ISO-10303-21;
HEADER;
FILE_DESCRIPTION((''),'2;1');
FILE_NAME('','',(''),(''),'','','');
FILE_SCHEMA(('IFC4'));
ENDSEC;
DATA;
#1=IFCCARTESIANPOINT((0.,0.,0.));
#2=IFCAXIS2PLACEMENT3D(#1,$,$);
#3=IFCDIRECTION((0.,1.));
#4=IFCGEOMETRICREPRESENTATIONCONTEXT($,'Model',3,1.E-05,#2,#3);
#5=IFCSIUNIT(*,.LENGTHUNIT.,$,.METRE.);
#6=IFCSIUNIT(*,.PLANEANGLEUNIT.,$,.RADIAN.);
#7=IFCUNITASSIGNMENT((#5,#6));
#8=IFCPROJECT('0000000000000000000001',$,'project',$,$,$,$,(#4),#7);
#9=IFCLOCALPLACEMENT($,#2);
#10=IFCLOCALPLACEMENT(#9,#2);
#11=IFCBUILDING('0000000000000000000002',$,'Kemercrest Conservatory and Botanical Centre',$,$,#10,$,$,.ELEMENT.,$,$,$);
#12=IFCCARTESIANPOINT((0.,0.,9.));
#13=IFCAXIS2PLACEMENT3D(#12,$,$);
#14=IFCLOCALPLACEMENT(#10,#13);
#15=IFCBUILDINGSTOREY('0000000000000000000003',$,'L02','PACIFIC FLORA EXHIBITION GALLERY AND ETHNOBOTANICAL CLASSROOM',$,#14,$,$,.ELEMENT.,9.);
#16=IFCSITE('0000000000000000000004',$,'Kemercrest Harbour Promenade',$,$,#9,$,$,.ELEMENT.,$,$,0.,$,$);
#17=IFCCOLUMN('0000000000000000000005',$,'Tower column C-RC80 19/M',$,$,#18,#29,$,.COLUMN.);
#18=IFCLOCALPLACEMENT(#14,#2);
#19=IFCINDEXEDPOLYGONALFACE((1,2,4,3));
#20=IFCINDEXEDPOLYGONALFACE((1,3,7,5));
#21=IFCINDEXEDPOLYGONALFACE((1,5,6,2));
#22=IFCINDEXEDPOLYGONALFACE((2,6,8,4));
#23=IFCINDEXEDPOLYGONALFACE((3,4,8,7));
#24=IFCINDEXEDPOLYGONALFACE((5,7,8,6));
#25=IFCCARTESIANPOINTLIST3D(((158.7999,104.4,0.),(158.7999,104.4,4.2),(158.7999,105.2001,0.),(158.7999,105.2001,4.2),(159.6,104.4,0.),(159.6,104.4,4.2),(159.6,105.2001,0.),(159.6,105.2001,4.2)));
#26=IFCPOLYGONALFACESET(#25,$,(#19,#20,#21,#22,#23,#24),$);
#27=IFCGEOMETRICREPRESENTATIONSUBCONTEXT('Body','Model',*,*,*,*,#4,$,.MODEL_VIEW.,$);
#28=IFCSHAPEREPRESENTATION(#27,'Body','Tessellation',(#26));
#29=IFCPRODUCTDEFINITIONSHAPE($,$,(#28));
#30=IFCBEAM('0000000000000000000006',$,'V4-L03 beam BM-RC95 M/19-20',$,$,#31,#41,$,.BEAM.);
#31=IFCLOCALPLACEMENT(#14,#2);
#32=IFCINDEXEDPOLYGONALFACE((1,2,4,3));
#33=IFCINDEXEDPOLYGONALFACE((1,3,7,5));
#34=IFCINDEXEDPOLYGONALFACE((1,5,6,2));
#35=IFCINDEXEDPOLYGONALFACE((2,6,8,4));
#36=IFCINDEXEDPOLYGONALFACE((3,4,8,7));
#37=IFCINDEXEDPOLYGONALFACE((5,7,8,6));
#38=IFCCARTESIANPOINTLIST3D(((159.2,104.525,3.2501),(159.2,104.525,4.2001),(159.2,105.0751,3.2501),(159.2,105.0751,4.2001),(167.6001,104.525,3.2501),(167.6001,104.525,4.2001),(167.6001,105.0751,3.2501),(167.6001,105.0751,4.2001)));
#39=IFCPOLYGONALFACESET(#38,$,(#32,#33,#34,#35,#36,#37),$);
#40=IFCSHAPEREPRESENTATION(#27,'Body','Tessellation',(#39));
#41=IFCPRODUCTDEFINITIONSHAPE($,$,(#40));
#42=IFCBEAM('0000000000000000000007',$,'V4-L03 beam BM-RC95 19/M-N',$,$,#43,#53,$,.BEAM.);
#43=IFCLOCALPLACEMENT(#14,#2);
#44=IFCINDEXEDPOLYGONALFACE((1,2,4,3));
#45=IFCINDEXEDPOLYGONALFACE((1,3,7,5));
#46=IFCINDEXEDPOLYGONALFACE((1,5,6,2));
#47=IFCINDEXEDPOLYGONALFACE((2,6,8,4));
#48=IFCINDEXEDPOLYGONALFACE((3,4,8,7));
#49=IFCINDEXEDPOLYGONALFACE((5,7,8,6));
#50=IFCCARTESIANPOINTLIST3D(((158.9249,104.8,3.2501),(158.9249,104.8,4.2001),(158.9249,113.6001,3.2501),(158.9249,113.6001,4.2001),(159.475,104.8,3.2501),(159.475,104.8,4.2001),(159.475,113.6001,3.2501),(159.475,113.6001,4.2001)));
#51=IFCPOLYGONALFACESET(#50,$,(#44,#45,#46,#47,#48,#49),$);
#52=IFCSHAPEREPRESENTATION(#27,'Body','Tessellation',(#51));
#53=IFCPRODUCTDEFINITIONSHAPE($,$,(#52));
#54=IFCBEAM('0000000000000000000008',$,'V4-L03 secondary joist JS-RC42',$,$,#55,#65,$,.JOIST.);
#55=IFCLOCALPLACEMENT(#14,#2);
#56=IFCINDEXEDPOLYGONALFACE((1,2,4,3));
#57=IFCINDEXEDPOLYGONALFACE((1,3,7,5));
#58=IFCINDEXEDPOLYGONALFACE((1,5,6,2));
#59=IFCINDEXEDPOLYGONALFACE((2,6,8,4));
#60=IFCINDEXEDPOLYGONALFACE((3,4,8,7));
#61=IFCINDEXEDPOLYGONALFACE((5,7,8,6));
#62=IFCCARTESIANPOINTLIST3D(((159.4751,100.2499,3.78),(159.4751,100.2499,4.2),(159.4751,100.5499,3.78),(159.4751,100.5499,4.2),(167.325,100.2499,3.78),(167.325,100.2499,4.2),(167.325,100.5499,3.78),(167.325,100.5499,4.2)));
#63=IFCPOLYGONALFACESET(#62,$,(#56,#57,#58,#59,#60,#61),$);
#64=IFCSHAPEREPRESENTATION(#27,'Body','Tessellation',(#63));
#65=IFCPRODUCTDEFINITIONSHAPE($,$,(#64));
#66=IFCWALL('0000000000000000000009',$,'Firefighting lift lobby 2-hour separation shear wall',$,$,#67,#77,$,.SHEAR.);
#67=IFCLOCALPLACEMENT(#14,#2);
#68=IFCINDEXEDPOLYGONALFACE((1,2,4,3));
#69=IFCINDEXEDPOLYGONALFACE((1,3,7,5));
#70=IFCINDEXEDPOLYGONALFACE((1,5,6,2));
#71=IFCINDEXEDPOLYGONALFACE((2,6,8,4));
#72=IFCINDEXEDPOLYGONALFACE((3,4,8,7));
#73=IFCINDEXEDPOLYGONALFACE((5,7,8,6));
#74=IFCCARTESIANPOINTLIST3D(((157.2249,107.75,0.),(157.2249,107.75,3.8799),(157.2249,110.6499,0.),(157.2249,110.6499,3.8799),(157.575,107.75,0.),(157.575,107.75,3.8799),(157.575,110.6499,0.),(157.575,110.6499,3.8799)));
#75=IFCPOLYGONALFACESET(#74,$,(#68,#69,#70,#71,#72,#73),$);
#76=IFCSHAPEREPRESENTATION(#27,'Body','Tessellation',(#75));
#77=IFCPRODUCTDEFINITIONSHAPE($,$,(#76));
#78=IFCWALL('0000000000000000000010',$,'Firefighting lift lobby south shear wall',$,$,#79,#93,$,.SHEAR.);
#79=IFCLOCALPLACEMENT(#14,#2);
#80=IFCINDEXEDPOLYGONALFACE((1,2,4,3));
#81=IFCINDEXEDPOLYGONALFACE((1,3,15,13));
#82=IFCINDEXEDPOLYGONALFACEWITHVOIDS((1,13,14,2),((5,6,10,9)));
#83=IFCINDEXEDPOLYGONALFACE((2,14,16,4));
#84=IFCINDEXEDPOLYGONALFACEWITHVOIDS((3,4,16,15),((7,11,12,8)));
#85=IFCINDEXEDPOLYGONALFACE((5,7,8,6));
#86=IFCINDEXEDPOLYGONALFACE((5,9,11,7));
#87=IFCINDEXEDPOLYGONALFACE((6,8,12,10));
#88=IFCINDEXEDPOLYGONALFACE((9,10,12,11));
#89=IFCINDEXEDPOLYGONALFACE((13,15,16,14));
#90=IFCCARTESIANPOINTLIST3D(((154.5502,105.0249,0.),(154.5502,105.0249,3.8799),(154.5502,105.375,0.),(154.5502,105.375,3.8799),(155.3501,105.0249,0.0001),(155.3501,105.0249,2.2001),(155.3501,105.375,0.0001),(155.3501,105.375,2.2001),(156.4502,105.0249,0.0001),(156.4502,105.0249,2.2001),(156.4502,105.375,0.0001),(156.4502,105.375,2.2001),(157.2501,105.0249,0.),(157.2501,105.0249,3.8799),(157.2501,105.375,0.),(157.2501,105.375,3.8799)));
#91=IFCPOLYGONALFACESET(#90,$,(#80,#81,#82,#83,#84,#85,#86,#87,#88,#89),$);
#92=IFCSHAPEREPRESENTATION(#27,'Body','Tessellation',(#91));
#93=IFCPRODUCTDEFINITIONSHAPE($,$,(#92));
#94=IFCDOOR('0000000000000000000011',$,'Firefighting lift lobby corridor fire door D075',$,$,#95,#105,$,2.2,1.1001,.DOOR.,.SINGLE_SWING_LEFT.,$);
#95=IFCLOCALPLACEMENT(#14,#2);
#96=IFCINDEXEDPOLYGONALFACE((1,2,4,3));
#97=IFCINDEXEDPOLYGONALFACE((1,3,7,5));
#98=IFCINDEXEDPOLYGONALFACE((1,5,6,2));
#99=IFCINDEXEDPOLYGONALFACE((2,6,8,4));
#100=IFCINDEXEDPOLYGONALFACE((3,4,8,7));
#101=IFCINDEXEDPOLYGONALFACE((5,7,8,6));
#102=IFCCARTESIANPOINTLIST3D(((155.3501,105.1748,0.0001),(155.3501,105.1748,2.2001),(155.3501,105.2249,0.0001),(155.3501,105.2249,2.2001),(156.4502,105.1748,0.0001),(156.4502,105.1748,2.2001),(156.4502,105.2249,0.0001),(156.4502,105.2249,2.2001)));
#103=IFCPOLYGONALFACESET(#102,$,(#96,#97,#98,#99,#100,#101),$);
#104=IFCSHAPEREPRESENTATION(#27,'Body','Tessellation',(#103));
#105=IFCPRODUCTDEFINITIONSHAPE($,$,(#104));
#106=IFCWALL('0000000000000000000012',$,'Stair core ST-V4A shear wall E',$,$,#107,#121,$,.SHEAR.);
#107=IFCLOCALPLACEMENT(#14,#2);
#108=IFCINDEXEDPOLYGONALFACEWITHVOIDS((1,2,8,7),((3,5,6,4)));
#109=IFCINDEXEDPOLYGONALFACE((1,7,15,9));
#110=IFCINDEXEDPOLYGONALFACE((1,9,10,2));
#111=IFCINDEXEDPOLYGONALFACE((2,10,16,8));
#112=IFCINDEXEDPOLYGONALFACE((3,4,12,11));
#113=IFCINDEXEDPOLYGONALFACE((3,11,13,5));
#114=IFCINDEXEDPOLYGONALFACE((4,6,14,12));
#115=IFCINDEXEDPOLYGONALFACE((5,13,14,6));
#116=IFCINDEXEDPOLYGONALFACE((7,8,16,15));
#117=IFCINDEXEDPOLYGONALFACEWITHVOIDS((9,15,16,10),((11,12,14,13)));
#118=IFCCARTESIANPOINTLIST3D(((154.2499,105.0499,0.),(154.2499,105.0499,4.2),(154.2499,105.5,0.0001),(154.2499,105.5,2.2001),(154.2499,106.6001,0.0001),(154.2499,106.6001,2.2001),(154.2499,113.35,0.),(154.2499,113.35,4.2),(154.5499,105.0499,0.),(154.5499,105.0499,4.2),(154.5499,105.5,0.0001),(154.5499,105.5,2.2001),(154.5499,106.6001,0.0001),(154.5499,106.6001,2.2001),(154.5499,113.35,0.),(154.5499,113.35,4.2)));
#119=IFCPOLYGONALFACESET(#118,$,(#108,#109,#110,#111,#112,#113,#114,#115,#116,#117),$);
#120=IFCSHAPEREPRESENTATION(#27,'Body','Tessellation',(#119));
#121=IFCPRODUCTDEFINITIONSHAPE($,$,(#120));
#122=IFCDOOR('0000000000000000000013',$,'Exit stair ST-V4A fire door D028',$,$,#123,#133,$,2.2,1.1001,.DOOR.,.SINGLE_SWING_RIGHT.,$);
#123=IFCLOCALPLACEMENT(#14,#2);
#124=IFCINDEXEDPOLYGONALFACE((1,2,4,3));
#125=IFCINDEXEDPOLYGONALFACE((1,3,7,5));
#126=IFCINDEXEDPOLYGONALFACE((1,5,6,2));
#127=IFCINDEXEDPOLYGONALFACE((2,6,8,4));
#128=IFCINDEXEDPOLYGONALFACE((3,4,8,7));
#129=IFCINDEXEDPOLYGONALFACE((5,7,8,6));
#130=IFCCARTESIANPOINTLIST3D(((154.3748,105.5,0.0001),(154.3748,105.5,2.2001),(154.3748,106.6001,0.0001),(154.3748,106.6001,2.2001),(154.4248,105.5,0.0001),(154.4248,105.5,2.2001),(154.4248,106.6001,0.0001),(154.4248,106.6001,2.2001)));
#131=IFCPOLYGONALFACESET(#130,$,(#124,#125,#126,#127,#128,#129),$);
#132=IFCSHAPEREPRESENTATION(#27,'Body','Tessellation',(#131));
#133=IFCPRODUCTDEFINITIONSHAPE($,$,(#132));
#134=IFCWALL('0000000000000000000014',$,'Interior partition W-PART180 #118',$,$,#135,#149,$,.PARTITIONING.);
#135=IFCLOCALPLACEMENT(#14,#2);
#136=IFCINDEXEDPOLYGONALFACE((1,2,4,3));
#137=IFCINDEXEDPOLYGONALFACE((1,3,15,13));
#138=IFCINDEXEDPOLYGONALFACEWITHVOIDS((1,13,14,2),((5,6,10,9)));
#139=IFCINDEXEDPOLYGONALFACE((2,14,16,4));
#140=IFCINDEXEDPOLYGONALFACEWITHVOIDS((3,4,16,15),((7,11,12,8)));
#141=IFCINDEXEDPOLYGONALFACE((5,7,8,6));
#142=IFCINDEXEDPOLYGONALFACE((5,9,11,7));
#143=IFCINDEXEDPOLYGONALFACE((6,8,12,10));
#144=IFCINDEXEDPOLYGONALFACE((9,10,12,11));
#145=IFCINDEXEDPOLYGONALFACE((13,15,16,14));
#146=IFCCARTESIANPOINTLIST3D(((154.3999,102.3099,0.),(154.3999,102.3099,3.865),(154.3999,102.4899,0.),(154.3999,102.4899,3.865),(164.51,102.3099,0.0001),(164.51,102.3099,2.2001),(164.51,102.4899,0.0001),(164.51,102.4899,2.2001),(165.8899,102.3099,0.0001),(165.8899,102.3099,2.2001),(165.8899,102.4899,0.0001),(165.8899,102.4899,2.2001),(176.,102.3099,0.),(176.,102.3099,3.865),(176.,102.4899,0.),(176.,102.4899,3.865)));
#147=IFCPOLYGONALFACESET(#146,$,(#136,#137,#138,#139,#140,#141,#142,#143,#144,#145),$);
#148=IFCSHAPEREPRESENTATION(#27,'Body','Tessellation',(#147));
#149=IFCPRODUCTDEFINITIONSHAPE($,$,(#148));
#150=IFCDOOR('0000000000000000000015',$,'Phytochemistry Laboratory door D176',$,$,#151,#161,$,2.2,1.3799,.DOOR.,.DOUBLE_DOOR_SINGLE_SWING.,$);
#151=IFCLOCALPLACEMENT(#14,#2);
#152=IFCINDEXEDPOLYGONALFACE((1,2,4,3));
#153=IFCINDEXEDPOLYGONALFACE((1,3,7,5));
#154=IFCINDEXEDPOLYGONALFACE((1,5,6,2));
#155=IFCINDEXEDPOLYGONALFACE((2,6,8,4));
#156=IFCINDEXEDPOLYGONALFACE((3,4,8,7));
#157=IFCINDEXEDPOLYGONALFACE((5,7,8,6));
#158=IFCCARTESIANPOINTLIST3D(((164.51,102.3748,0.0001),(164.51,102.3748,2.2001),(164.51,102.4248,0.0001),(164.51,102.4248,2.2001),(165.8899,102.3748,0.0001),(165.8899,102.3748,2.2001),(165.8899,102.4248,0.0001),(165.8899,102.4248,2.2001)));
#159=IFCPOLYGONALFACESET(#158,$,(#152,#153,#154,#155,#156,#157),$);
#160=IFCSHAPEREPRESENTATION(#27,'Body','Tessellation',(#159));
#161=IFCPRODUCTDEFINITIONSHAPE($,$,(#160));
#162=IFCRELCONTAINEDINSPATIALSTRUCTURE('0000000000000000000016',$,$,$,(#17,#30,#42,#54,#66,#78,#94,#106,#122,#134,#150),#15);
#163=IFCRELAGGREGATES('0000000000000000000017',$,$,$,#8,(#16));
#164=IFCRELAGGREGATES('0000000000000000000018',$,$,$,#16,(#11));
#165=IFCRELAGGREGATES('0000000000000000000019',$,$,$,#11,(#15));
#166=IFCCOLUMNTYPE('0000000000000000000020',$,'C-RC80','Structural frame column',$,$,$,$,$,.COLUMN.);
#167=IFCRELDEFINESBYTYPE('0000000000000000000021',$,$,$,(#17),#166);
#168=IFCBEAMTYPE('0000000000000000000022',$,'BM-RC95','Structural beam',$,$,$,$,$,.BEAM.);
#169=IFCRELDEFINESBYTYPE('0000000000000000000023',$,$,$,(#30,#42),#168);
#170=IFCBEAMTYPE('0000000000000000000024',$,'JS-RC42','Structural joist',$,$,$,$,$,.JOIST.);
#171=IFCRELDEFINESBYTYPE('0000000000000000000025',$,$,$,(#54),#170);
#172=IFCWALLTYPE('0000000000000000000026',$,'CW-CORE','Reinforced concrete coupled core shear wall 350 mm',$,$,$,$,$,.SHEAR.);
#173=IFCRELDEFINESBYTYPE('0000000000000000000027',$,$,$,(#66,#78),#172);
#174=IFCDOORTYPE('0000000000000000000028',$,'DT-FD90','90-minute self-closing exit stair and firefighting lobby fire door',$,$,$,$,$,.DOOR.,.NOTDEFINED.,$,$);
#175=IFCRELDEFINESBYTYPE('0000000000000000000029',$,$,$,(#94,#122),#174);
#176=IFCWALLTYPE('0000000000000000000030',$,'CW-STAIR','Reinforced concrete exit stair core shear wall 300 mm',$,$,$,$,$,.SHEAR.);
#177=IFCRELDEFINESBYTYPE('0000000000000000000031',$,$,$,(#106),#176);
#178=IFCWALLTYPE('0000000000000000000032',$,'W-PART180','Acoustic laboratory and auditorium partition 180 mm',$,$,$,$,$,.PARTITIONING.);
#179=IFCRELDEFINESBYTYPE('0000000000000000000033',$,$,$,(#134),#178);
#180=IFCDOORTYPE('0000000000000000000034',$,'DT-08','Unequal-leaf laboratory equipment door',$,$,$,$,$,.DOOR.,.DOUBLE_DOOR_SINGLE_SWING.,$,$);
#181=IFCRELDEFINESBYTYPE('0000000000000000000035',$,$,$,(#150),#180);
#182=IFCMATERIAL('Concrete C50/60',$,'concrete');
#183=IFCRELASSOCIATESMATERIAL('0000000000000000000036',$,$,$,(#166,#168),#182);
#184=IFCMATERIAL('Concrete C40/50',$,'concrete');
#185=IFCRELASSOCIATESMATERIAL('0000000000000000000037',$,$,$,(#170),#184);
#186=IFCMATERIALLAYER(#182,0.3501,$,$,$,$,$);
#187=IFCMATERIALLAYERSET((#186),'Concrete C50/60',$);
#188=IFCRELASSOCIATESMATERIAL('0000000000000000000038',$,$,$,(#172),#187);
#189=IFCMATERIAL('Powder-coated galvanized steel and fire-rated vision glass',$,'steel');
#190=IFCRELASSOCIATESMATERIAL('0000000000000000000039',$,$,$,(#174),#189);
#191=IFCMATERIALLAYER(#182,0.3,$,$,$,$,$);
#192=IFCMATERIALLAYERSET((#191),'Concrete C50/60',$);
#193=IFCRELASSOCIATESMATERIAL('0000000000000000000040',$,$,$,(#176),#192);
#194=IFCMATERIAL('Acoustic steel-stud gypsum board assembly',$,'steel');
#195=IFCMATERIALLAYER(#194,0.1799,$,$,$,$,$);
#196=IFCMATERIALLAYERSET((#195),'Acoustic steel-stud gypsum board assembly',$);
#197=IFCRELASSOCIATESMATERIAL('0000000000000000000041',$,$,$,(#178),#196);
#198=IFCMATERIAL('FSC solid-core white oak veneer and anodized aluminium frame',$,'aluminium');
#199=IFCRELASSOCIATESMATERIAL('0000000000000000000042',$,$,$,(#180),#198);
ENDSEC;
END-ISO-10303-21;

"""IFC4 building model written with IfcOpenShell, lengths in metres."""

from ifc_helpers import new_model, si_unit, direction, frame, frame_2d, origin, origin_2d, place, context, subcontext, project, spatial, rectangle, extrude, material, layer, layer_set, material_profile, profile_set, type_object, element, fill, save


model = new_model("IFC4")

# Units and contexts
model_context = context("Model", 3, precision=1e-05, world=origin(), true_north=direction((0.0, 1.0)))
body_context = subcontext(model_context, "Body", "Model", "MODEL_VIEW")
ifc_project = project(units=[si_unit("LENGTHUNIT", "METRE"), si_unit("PLANEANGLEUNIT", "RADIAN")], contexts=[model_context])

# Site, building, storey
site_placement = place(None, origin())
site = spatial("IfcSite", under=ifc_project, at=site_placement, Name="Kemercrest Harbour Promenade", CompositionType="ELEMENT", RefElevation=0.0)
building_placement = place(site_placement, origin())
building = spatial("IfcBuilding", under=site, at=building_placement, Name="Kemercrest Conservatory and Botanical Centre", CompositionType="ELEMENT")
storey_placement = place(building_placement, frame((0.0, 0.0, 9.0)))
storey = spatial("IfcBuildingStorey", under=building, at=storey_placement, Name="L02", Description="PACIFIC FLORA EXHIBITION GALLERY AND ETHNOBOTANICAL CLASSROOM", CompositionType="ELEMENT", Elevation=9.0)

# Column
ifc_material_1 = material(Name="Concrete C50/60", Category="concrete")
ifc_material_profile_1 = material_profile(ifc_material_1, rectangle(XDim=0.8, YDim=0.8, at=origin_2d()), Name="RC 800x800")
ifc_profile_set_1 = profile_set([ifc_material_profile_1], Name="Concrete C50/60")
column_type = type_object("IfcColumnType", Name="C-RC80", Description="Structural frame column", PredefinedType="COLUMN", material=ifc_profile_set_1)
column_placement = place(storey_placement, frame((159.2, 104.8, 0.0), z_axis=(0.0, 0.0, 1.0), x_axis=(1.0, 0.0, 0.0)))
element("IfcColumn", 1, at=column_placement, inside=storey, type_object=column_type, Name="Tower column C-RC80 19/M", PredefinedType="COLUMN", context=body_context, shape_type="SweptSolid", body=[
    extrude(rectangle(XDim=0.8, YDim=0.8, at=origin_2d()), origin(), (0.0, 0.0, 1.0), 4.2),
])

# Beams
ifc_material_profile_2 = material_profile(ifc_material_1, rectangle(XDim=0.55, YDim=0.95, at=origin_2d()), Name="RC 550x950")
ifc_profile_set_2 = profile_set([ifc_material_profile_2], Name="Concrete C50/60")
beam_type_1 = type_object("IfcBeamType", Name="BM-RC95", Description="Structural beam", PredefinedType="BEAM", material=ifc_profile_set_2)
beam_1_placement = place(storey_placement, frame((159.2, 104.8, 3.7251), z_axis=(1.0, 0.0, 0.0), x_axis=(0.0, 1.0, 0.0)))
element("IfcBeam", 2, at=beam_1_placement, inside=storey, type_object=beam_type_1, Name="V4-L03 beam BM-RC95 M/19-20", PredefinedType="BEAM", context=body_context, shape_type="SweptSolid", body=[
    extrude(rectangle(XDim=0.55, YDim=0.95, at=origin_2d()), origin(), (0.0, 0.0, 1.0), 8.4001),
])
beam_2_placement = place(storey_placement, frame((159.2, 104.8, 3.7251), z_axis=(0.0, 1.0, 0.0), x_axis=(-1.0, 0.0, 0.0)))
element("IfcBeam", 3, at=beam_2_placement, inside=storey, type_object=beam_type_1, Name="V4-L03 beam BM-RC95 19/M-N", PredefinedType="BEAM", context=body_context, shape_type="SweptSolid", body=[
    extrude(rectangle(XDim=0.55, YDim=0.95, at=origin_2d()), origin(), (0.0, 0.0, 1.0), 8.8),
])
ifc_material_2 = material(Name="Concrete C40/50", Category="concrete")
ifc_material_profile_3 = material_profile(ifc_material_2, rectangle(XDim=0.3, YDim=0.4199, at=origin_2d()), Name="RC 300x420")
ifc_profile_set_3 = profile_set([ifc_material_profile_3], Name="Concrete C40/50")
beam_type_2 = type_object("IfcBeamType", Name="JS-RC42", Description="Structural joist", PredefinedType="JOIST", material=ifc_profile_set_3)
beam_3_placement = place(storey_placement, frame((159.4751, 100.3999, 3.99), z_axis=(1.0, 0.0, 0.0), x_axis=(0.0, 1.0, 0.0)))
element("IfcBeam", 4, at=beam_3_placement, inside=storey, type_object=beam_type_2, Name="V4-L03 secondary joist JS-RC42", PredefinedType="JOIST", context=body_context, shape_type="SweptSolid", body=[
    extrude(rectangle(XDim=0.3, YDim=0.4199, at=origin_2d()), origin(), (0.0, 0.0, 1.0), 7.8499),
])

# Wall
ifc_layer_1 = layer(ifc_material_1, 0.3501)
ifc_layer_set_1 = layer_set([ifc_layer_1], Name="Concrete C50/60")
wall_type_1 = type_object("IfcWallType", Name="CW-CORE", Description="Reinforced concrete coupled core shear wall 350 mm", PredefinedType="SHEAR", material=ifc_layer_set_1)
wall_1_placement = place(storey_placement, frame((157.3999, 107.75, 0.0), z_axis=(0.0, 0.0, 1.0), x_axis=(0.0, 1.0, 0.0)))
element("IfcWall", 5, at=wall_1_placement, inside=storey, type_object=wall_type_1, Name="Firefighting lift lobby 2-hour separation shear wall", PredefinedType="SHEAR", context=body_context, shape_type="SweptSolid", body=[
    extrude(rectangle(XDim=2.8999, YDim=0.3501, at=frame_2d((1.45, 0.0))), origin(), (0.0, 0.0, 1.0), 3.8799),
])

# Walls, openings, doors
wall_2_placement = place(storey_placement, frame((154.55, 105.2, 0.0), z_axis=(0.0, 0.0, 1.0), x_axis=(1.0, 0.0, 0.0)))
wall_2 = element("IfcWall", 6, at=wall_2_placement, inside=storey, type_object=wall_type_1, Name="Firefighting lift lobby south shear wall", PredefinedType="SHEAR", context=body_context, shape_type="SweptSolid", body=[
    extrude(rectangle(XDim=2.7, YDim=0.3501, at=frame_2d((1.3501, 0.0))), origin(), (0.0, 0.0, 1.0), 3.8799),
])
opening_1_placement = place(wall_2_placement, frame((0.8, 0.0, 0.0)))
opening_1 = element("IfcOpeningElement", 7, at=opening_1_placement, cuts=wall_2, PredefinedType="OPENING", context=body_context, shape_type="SweptSolid", body=[
    extrude(rectangle(XDim=1.1001, YDim=2.2, at=frame_2d((0.55, 1.1001))), frame((0.0, 0.1851, 0.0), z_axis=(0.0, -1.0, 0.0), x_axis=(1.0, 0.0, 0.0)), (0.0, 0.0, 1.0), 0.3701),
])
ifc_material_3 = material(Name="Powder-coated galvanized steel and fire-rated vision glass", Category="steel")
door_type_1 = type_object("IfcDoorType", Name="DT-FD90", Description="90-minute self-closing exit stair and firefighting lobby fire door", OperationType="NOTDEFINED", PredefinedType="DOOR", material=ifc_material_3)
door_1_placement = place(opening_1_placement, origin())
door_1 = element("IfcDoor", 8, at=door_1_placement, inside=storey, type_object=door_type_1, Name="Firefighting lift lobby corridor fire door D075", OperationType="SINGLE_SWING_LEFT", OverallHeight=2.2, OverallWidth=1.1001, PredefinedType="DOOR", context=body_context, shape_type="SweptSolid", body=[
    extrude(rectangle(XDim=1.1001, YDim=2.2, at=frame_2d((0.55, 1.1001))), frame((0.0, 0.0249, 0.0), z_axis=(0.0, -1.0, 0.0), x_axis=(1.0, 0.0, 0.0)), (0.0, 0.0, 1.0), 0.05),
])
fill(opening_1, door_1)
ifc_layer_2 = layer(ifc_material_1, 0.3)
ifc_layer_set_2 = layer_set([ifc_layer_2], Name="Concrete C50/60")
wall_type_2 = type_object("IfcWallType", Name="CW-STAIR", Description="Reinforced concrete exit stair core shear wall 300 mm", PredefinedType="SHEAR", material=ifc_layer_set_2)
wall_3_placement = place(storey_placement, frame((154.3999, 105.05, 0.0), z_axis=(0.0, 0.0, 1.0), x_axis=(0.0, 1.0, 0.0)))
wall_3 = element("IfcWall", 9, at=wall_3_placement, inside=storey, type_object=wall_type_2, Name="Stair core ST-V4A shear wall E", PredefinedType="SHEAR", context=body_context, shape_type="SweptSolid", body=[
    extrude(rectangle(XDim=8.3, YDim=0.3, at=frame_2d((4.1499, 0.0))), origin(), (0.0, 0.0, 1.0), 4.2),
])
opening_2_placement = place(wall_3_placement, frame((0.45, 0.0, 0.0)))
opening_2 = element("IfcOpeningElement", 10, at=opening_2_placement, cuts=wall_3, PredefinedType="OPENING", context=body_context, shape_type="SweptSolid", body=[
    extrude(rectangle(XDim=1.1001, YDim=2.2, at=frame_2d((0.55, 1.1001))), frame((0.0, 0.1602, 0.0), z_axis=(0.0, -1.0, 0.0), x_axis=(1.0, 0.0, 0.0)), (0.0, 0.0, 1.0), 0.3201),
])
door_2_placement = place(opening_2_placement, frame((1.1001, 0.0, 0.0), z_axis=(0.0, 0.0, 1.0), x_axis=(-1.0, 0.0, 0.0)))
door_2 = element("IfcDoor", 11, at=door_2_placement, inside=storey, type_object=door_type_1, Name="Exit stair ST-V4A fire door D028", OperationType="SINGLE_SWING_RIGHT", OverallHeight=2.2, OverallWidth=1.1001, PredefinedType="DOOR", context=body_context, shape_type="SweptSolid", body=[
    extrude(rectangle(XDim=1.1001, YDim=2.2, at=frame_2d((0.55, 1.1001))), frame((0.0, 0.0249, 0.0), z_axis=(0.0, -1.0, 0.0), x_axis=(1.0, 0.0, 0.0)), (0.0, 0.0, 1.0), 0.05),
])
fill(opening_2, door_2)
ifc_material_4 = material(Name="Acoustic steel-stud gypsum board assembly", Category="steel")
ifc_layer_3 = layer(ifc_material_4, 0.1799)
ifc_layer_set_3 = layer_set([ifc_layer_3], Name="Acoustic steel-stud gypsum board assembly")
wall_type_3 = type_object("IfcWallType", Name="W-PART180", Description="Acoustic laboratory and auditorium partition 180 mm", PredefinedType="PARTITIONING", material=ifc_layer_set_3)
wall_4_placement = place(storey_placement, frame((154.3999, 102.3999, 0.0), z_axis=(0.0, 0.0, 1.0), x_axis=(1.0, 0.0, 0.0)))
wall_4 = element("IfcWall", 12, at=wall_4_placement, inside=storey, type_object=wall_type_3, Name="Interior partition W-PART180 #118", PredefinedType="PARTITIONING", context=body_context, shape_type="SweptSolid", body=[
    extrude(rectangle(XDim=21.6001, YDim=0.1799, at=frame_2d((10.8, 0.0))), origin(), (0.0, 0.0, 1.0), 3.865),
])
opening_3_placement = place(wall_4_placement, frame((10.1101, 0.0, 0.0)))
opening_3 = element("IfcOpeningElement", 13, at=opening_3_placement, cuts=wall_4, PredefinedType="OPENING", context=body_context, shape_type="SweptSolid", body=[
    extrude(rectangle(XDim=1.3799, YDim=2.2, at=frame_2d((0.6899, 1.1001))), frame((0.0, 0.1001, 0.0), z_axis=(0.0, -1.0, 0.0), x_axis=(1.0, 0.0, 0.0)), (0.0, 0.0, 1.0), 0.2),
])
ifc_material_5 = material(Name="FSC solid-core white oak veneer and anodized aluminium frame", Category="aluminium")
door_type_2 = type_object("IfcDoorType", Name="DT-08", Description="Unequal-leaf laboratory equipment door", OperationType="DOUBLE_DOOR_SINGLE_SWING", PredefinedType="DOOR", material=ifc_material_5)
door_3_placement = place(opening_3_placement, origin())
door_3 = element("IfcDoor", 14, at=door_3_placement, inside=storey, type_object=door_type_2, Name="Phytochemistry Laboratory door D176", OperationType="DOUBLE_DOOR_SINGLE_SWING", OverallHeight=2.2, OverallWidth=1.3799, PredefinedType="DOOR", context=body_context, shape_type="SweptSolid", body=[
    extrude(rectangle(XDim=1.3799, YDim=2.2, at=frame_2d((0.6899, 1.1001))), frame((0.0, 0.0249, 0.0), z_axis=(0.0, -1.0, 0.0), x_axis=(1.0, 0.0, 0.0)), (0.0, 0.0, 1.0), 0.05),
])
fill(opening_3, door_3)

save(model, "model.ifc")
